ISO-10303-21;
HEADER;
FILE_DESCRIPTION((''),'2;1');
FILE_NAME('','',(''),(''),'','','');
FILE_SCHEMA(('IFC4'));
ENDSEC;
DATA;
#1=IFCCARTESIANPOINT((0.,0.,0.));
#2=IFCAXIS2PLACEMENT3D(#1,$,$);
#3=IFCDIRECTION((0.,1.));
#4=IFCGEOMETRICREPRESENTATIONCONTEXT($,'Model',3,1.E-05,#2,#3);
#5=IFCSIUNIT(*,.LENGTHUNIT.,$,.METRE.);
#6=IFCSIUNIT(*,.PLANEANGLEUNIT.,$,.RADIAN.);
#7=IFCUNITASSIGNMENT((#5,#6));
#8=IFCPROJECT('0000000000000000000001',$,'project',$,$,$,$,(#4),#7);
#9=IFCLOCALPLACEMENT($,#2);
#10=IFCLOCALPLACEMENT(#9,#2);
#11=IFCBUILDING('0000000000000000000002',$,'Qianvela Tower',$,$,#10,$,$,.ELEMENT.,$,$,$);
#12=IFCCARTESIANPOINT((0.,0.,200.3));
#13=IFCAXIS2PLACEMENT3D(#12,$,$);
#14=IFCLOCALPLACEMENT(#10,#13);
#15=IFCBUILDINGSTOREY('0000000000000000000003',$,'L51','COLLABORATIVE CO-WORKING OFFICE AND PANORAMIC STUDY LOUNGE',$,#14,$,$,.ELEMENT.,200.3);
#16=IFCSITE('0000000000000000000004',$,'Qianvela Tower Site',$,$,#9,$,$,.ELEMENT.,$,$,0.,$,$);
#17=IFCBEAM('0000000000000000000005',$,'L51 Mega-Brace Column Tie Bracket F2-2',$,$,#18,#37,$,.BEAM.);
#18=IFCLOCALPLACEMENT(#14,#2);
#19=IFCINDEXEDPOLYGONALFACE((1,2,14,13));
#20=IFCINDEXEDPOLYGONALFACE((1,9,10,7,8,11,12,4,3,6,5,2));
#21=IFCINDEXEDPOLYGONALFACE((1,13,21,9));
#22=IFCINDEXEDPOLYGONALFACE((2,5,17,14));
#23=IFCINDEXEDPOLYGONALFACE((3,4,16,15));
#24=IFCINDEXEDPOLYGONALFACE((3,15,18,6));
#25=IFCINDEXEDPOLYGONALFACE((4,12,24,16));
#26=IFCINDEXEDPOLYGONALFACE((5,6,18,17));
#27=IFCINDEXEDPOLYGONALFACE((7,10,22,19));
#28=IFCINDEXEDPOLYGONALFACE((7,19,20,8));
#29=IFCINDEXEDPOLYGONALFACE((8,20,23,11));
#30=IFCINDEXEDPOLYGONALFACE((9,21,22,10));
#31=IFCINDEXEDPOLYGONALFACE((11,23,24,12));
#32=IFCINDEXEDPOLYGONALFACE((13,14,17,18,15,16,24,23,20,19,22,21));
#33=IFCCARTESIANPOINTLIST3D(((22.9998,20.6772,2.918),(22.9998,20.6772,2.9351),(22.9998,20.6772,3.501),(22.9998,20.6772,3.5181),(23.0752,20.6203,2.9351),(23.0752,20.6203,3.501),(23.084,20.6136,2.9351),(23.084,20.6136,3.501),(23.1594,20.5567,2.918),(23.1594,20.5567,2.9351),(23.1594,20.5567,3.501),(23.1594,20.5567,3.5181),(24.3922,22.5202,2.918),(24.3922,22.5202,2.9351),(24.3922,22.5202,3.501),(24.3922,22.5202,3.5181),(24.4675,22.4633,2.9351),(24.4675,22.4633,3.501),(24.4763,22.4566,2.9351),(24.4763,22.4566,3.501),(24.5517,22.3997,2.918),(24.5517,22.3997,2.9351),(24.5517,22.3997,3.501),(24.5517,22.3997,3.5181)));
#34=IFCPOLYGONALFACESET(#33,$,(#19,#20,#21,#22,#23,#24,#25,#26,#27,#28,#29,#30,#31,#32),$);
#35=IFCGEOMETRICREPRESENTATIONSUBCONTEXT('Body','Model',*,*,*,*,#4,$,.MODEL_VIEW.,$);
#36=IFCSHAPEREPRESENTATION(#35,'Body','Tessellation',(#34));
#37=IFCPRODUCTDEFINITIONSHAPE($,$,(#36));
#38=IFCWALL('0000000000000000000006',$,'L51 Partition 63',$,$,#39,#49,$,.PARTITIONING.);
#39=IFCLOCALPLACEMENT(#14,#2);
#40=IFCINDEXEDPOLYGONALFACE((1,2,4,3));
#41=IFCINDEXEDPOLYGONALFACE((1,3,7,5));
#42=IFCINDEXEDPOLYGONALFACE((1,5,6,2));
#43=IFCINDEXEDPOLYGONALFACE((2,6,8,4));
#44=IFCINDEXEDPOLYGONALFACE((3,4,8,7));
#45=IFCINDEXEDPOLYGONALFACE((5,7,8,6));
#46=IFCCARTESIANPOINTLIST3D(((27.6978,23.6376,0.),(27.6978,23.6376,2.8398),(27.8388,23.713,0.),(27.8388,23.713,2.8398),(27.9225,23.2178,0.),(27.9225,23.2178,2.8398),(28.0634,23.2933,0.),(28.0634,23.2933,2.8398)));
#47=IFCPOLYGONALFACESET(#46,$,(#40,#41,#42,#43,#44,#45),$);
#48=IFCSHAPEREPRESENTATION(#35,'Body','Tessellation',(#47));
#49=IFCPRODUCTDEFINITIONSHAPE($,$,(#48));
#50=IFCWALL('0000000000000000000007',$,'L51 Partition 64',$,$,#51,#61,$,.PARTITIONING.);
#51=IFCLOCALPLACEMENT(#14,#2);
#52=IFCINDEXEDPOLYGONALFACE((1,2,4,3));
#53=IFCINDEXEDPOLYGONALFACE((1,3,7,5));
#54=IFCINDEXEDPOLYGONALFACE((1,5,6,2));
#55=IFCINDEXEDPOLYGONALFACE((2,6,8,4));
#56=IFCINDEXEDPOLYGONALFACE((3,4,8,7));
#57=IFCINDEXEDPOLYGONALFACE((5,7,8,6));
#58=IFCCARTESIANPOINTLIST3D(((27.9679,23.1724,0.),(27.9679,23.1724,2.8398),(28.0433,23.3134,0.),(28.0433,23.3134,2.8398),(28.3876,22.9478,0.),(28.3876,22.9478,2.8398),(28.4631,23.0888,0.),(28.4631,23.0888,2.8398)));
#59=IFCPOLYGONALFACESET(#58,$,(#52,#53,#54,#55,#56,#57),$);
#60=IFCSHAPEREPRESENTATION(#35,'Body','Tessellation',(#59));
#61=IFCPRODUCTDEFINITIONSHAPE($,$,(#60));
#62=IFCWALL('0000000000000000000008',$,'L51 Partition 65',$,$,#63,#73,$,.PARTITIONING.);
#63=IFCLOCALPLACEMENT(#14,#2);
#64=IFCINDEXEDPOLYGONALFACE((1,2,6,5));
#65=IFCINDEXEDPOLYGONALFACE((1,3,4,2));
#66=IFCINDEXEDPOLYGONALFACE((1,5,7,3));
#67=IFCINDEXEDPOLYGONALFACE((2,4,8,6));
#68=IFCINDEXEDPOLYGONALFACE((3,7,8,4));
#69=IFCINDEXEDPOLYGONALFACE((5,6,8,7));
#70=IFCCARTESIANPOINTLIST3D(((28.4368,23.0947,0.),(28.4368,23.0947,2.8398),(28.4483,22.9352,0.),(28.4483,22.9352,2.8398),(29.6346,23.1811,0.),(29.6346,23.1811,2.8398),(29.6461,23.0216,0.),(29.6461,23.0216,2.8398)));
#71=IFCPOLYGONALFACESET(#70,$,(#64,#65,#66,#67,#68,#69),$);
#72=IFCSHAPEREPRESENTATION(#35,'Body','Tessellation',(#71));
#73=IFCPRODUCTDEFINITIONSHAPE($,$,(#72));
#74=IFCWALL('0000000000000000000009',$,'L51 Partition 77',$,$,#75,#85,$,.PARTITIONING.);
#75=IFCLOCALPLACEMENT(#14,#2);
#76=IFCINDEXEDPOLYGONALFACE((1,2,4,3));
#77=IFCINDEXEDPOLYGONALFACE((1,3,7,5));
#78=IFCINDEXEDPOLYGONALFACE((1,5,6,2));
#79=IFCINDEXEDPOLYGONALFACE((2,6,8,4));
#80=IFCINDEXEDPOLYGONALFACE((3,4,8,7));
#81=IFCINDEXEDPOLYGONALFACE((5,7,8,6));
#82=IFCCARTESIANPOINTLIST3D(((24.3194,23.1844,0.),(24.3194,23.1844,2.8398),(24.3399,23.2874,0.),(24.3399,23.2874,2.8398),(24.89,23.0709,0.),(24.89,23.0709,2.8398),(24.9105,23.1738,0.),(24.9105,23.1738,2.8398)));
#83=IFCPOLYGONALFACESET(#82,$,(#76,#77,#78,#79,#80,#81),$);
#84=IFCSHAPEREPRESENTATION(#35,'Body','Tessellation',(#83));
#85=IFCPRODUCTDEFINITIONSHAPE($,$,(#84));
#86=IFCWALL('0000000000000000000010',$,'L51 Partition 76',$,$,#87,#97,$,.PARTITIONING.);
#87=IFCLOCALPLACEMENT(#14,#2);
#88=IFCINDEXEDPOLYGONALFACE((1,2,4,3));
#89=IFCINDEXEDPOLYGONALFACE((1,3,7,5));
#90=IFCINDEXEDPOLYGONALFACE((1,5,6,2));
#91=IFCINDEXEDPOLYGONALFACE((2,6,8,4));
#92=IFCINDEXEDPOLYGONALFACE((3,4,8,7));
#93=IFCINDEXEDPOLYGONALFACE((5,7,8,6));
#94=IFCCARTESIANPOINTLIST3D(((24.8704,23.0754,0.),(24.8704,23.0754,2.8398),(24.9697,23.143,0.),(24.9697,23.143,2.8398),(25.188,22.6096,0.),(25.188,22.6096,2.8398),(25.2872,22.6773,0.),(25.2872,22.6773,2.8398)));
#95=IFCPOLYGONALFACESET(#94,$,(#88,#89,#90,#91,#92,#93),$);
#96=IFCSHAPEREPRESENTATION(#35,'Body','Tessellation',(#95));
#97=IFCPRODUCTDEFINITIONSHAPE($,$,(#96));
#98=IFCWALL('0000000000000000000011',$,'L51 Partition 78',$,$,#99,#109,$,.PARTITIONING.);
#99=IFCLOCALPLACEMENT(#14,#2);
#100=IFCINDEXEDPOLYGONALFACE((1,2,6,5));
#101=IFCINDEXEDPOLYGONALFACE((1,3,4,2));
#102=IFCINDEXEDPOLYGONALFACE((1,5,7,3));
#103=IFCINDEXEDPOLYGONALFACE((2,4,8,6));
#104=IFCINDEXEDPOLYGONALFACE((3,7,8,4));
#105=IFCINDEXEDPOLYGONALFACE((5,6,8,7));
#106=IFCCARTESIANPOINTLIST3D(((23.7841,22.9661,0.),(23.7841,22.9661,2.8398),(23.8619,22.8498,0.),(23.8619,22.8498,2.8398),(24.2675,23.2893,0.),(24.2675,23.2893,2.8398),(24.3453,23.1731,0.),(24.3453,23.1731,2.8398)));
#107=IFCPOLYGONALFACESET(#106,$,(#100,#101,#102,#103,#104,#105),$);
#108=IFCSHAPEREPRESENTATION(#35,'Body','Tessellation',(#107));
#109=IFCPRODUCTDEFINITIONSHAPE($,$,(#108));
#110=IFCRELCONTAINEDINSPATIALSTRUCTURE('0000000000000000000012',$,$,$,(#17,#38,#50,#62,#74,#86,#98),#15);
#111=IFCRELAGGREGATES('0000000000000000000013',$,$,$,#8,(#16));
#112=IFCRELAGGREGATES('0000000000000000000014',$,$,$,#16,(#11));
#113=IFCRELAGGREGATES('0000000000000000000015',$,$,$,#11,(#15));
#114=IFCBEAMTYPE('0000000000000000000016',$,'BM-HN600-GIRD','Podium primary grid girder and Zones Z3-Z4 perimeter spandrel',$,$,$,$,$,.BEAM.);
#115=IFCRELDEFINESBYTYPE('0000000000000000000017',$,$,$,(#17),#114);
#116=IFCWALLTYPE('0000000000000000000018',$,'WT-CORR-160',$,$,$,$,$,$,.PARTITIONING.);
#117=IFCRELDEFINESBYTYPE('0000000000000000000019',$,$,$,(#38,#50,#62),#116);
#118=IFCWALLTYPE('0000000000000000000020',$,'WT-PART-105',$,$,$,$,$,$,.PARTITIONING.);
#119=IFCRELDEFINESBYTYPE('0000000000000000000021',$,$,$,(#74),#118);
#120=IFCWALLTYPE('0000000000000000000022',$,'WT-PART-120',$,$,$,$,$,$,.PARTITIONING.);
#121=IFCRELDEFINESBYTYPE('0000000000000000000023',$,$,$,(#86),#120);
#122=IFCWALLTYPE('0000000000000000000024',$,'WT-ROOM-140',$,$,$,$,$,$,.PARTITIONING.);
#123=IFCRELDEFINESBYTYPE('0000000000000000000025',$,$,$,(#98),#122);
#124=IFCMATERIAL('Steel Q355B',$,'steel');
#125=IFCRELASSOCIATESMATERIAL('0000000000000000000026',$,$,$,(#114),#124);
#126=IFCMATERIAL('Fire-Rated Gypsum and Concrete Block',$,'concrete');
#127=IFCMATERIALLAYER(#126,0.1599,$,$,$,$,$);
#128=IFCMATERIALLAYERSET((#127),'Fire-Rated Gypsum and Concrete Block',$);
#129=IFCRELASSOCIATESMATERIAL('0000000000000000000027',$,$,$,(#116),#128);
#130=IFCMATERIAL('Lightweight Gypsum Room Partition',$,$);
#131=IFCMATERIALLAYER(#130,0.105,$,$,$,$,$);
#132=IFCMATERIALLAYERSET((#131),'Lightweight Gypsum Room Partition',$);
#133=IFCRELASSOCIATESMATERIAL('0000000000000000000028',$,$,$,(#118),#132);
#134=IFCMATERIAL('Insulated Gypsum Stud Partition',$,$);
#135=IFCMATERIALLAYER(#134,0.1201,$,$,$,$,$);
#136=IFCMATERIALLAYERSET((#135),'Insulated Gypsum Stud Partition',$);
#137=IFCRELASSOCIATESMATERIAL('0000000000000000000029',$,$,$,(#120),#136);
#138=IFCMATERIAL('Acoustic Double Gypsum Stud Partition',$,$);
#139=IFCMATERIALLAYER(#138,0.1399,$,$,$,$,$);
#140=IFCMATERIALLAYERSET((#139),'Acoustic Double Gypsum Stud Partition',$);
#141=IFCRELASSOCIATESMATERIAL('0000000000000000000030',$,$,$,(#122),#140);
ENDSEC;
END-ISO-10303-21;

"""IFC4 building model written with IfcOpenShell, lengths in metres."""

from ifc_helpers import new_model, si_unit, direction, frame, frame_2d, origin, origin_2d, place, context, subcontext, project, spatial, rectangle, i_section, extrude, material, layer, layer_set, material_profile, profile_set, type_object, element, save


model = new_model("IFC4")

# Units and contexts
model_context = context("Model", 3, precision=1e-05, world=origin(), true_north=direction((0.0, 1.0)))
body_context = subcontext(model_context, "Body", "Model", "MODEL_VIEW")
ifc_project = project(units=[si_unit("LENGTHUNIT", "METRE"), si_unit("PLANEANGLEUNIT", "RADIAN")], contexts=[model_context])

# Site, building, storey
site_placement = place(None, origin())
site = spatial("IfcSite", under=ifc_project, at=site_placement, Name="Qianvela Tower Site", CompositionType="ELEMENT", RefElevation=0.0)
building_placement = place(site_placement, origin())
building = spatial("IfcBuilding", under=site, at=building_placement, Name="Qianvela Tower", CompositionType="ELEMENT")
storey_placement = place(building_placement, frame((0.0, 0.0, 200.3)))
storey = spatial("IfcBuildingStorey", under=building, at=storey_placement, Name="L51", Description="COLLABORATIVE CO-WORKING OFFICE AND PANORAMIC STUDY LOUNGE", CompositionType="ELEMENT", Elevation=200.3)

# Beam
ifc_material_1 = material(Name="Steel Q355B", Category="steel")
ifc_material_profile_1 = material_profile(ifc_material_1, i_section(OverallWidth=0.2, OverallDepth=0.6001, WebThickness=0.011, FlangeThickness=0.0171, at=origin_2d()), Name="HN600x200x11x17")
ifc_profile_set_1 = profile_set([ifc_material_profile_1], Name="Steel Q355B")
beam_type_1 = type_object("IfcBeamType", Name="BM-HN600-GIRD", Description="Podium primary grid girder and Zones Z3-Z4 perimeter spandrel", PredefinedType="BEAM", material=ifc_profile_set_1)
beam_1_placement = place(storey_placement, frame((24.4719, 22.46, 3.218), z_axis=(-0.602787, -0.797902, 0.0), x_axis=(0.797902, -0.602787, 0.0)))
element("IfcBeam", 1, at=beam_1_placement, inside=storey, type_object=beam_type_1, Name="L51 Mega-Brace Column Tie Bracket F2-2", PredefinedType="BEAM", context=body_context, shape_type="SweptSolid", body=[
    extrude(i_section(OverallWidth=0.2, OverallDepth=0.6001, WebThickness=0.011, FlangeThickness=0.0171, at=origin_2d()), origin(), (0.0, 0.0, 1.0), 2.3098),
])

# Walls
ifc_material_2 = material(Name="Fire-Rated Gypsum and Concrete Block", Category="concrete")
ifc_layer_1 = layer(ifc_material_2, 0.1599)
ifc_layer_set_1 = layer_set([ifc_layer_1], Name="Fire-Rated Gypsum and Concrete Block")
wall_type_1 = type_object("IfcWallType", Name="WT-CORR-160", PredefinedType="PARTITIONING", material=ifc_layer_set_1)
for number, where, z_axis, x_axis, name in (
    (2, (27.7683, 23.6753, 0.0), (0.0, 0.0, 1.0), (0.471866, -0.881671, 0.0), "L51 Partition 63"),
    (3, (28.0056, 23.2429, 0.0), (0.0, 0.0, 1.0), (0.881671, -0.471866, 0.0), "L51 Partition 64"),
):
    element("IfcWall", number, at=place(storey_placement, frame(where, z_axis=z_axis, x_axis=x_axis)), inside=storey, type_object=wall_type_1, Name=name, PredefinedType="PARTITIONING", context=body_context, shape_type="SweptSolid", body=[
        extrude(rectangle(XDim=0.4761, YDim=0.1599, at=frame_2d((0.238, 0.0))), origin(), (0.0, 0.0, 1.0), 2.8398),
    ])
wall_1_placement = place(storey_placement, frame((28.4424, 23.0149, 0.0), z_axis=(0.0, 0.0, 1.0), x_axis=(0.997407, 0.071969, 0.0)))
element("IfcWall", 4, at=wall_1_placement, inside=storey, type_object=wall_type_1, Name="L51 Partition 65", PredefinedType="PARTITIONING", context=body_context, shape_type="SweptSolid", body=[
    extrude(rectangle(XDim=1.2009, YDim=0.1599, at=frame_2d((0.6006, 0.0))), origin(), (0.0, 0.0, 1.0), 2.8398),
])
ifc_material_3 = material(Name="Lightweight Gypsum Room Partition")
ifc_layer_2 = layer(ifc_material_3, 0.105)
ifc_layer_set_2 = layer_set([ifc_layer_2], Name="Lightweight Gypsum Room Partition")
wall_type_2 = type_object("IfcWallType", Name="WT-PART-105", PredefinedType="PARTITIONING", material=ifc_layer_set_2)
wall_2_placement = place(storey_placement, frame((24.9004, 23.1223, 0.0), z_axis=(0.0, 0.0, 1.0), x_axis=(-0.980774, 0.195148, 0.0)))
element("IfcWall", 5, at=wall_2_placement, inside=storey, type_object=wall_type_2, Name="L51 Partition 77", PredefinedType="PARTITIONING", context=body_context, shape_type="SweptSolid", body=[
    extrude(rectangle(XDim=0.5818, YDim=0.105, at=frame_2d((0.291, 0.0))), origin(), (0.0, 0.0, 1.0), 2.8398),
])
ifc_material_4 = material(Name="Insulated Gypsum Stud Partition")
ifc_layer_3 = layer(ifc_material_4, 0.1201)
ifc_layer_set_3 = layer_set([ifc_layer_3], Name="Insulated Gypsum Stud Partition")
wall_type_3 = type_object("IfcWallType", Name="WT-PART-120", PredefinedType="PARTITIONING", material=ifc_layer_set_3)
wall_3_placement = place(storey_placement, frame((25.2375, 22.6436, 0.0), z_axis=(0.0, 0.0, 1.0), x_axis=(-0.563364, 0.826209, 0.0)))
element("IfcWall", 6, at=wall_3_placement, inside=storey, type_object=wall_type_3, Name="L51 Partition 76", PredefinedType="PARTITIONING", context=body_context, shape_type="SweptSolid", body=[
    extrude(rectangle(XDim=0.5637, YDim=0.1201, at=frame_2d((0.2817, 0.0))), origin(), (0.0, 0.0, 1.0), 2.8398),
])
ifc_material_5 = material(Name="Acoustic Double Gypsum Stud Partition")
ifc_layer_4 = layer(ifc_material_5, 0.1399)
ifc_layer_set_4 = layer_set([ifc_layer_4], Name="Acoustic Double Gypsum Stud Partition")
wall_type_4 = type_object("IfcWallType", Name="WT-ROOM-140", PredefinedType="PARTITIONING", material=ifc_layer_set_4)
wall_4_placement = place(storey_placement, frame((24.3064, 23.2312, 0.0), z_axis=(0.0, 0.0, 1.0), x_axis=(-0.831274, -0.555862, 0.0)))
element("IfcWall", 7, at=wall_4_placement, inside=storey, type_object=wall_type_4, Name="L51 Partition 78", PredefinedType="PARTITIONING", context=body_context, shape_type="SweptSolid", body=[
    extrude(rectangle(XDim=0.5815, YDim=0.1399, at=frame_2d((0.2908, 0.0))), origin(), (0.0, 0.0, 1.0), 2.8398),
])

save(model, "model.ifc")
